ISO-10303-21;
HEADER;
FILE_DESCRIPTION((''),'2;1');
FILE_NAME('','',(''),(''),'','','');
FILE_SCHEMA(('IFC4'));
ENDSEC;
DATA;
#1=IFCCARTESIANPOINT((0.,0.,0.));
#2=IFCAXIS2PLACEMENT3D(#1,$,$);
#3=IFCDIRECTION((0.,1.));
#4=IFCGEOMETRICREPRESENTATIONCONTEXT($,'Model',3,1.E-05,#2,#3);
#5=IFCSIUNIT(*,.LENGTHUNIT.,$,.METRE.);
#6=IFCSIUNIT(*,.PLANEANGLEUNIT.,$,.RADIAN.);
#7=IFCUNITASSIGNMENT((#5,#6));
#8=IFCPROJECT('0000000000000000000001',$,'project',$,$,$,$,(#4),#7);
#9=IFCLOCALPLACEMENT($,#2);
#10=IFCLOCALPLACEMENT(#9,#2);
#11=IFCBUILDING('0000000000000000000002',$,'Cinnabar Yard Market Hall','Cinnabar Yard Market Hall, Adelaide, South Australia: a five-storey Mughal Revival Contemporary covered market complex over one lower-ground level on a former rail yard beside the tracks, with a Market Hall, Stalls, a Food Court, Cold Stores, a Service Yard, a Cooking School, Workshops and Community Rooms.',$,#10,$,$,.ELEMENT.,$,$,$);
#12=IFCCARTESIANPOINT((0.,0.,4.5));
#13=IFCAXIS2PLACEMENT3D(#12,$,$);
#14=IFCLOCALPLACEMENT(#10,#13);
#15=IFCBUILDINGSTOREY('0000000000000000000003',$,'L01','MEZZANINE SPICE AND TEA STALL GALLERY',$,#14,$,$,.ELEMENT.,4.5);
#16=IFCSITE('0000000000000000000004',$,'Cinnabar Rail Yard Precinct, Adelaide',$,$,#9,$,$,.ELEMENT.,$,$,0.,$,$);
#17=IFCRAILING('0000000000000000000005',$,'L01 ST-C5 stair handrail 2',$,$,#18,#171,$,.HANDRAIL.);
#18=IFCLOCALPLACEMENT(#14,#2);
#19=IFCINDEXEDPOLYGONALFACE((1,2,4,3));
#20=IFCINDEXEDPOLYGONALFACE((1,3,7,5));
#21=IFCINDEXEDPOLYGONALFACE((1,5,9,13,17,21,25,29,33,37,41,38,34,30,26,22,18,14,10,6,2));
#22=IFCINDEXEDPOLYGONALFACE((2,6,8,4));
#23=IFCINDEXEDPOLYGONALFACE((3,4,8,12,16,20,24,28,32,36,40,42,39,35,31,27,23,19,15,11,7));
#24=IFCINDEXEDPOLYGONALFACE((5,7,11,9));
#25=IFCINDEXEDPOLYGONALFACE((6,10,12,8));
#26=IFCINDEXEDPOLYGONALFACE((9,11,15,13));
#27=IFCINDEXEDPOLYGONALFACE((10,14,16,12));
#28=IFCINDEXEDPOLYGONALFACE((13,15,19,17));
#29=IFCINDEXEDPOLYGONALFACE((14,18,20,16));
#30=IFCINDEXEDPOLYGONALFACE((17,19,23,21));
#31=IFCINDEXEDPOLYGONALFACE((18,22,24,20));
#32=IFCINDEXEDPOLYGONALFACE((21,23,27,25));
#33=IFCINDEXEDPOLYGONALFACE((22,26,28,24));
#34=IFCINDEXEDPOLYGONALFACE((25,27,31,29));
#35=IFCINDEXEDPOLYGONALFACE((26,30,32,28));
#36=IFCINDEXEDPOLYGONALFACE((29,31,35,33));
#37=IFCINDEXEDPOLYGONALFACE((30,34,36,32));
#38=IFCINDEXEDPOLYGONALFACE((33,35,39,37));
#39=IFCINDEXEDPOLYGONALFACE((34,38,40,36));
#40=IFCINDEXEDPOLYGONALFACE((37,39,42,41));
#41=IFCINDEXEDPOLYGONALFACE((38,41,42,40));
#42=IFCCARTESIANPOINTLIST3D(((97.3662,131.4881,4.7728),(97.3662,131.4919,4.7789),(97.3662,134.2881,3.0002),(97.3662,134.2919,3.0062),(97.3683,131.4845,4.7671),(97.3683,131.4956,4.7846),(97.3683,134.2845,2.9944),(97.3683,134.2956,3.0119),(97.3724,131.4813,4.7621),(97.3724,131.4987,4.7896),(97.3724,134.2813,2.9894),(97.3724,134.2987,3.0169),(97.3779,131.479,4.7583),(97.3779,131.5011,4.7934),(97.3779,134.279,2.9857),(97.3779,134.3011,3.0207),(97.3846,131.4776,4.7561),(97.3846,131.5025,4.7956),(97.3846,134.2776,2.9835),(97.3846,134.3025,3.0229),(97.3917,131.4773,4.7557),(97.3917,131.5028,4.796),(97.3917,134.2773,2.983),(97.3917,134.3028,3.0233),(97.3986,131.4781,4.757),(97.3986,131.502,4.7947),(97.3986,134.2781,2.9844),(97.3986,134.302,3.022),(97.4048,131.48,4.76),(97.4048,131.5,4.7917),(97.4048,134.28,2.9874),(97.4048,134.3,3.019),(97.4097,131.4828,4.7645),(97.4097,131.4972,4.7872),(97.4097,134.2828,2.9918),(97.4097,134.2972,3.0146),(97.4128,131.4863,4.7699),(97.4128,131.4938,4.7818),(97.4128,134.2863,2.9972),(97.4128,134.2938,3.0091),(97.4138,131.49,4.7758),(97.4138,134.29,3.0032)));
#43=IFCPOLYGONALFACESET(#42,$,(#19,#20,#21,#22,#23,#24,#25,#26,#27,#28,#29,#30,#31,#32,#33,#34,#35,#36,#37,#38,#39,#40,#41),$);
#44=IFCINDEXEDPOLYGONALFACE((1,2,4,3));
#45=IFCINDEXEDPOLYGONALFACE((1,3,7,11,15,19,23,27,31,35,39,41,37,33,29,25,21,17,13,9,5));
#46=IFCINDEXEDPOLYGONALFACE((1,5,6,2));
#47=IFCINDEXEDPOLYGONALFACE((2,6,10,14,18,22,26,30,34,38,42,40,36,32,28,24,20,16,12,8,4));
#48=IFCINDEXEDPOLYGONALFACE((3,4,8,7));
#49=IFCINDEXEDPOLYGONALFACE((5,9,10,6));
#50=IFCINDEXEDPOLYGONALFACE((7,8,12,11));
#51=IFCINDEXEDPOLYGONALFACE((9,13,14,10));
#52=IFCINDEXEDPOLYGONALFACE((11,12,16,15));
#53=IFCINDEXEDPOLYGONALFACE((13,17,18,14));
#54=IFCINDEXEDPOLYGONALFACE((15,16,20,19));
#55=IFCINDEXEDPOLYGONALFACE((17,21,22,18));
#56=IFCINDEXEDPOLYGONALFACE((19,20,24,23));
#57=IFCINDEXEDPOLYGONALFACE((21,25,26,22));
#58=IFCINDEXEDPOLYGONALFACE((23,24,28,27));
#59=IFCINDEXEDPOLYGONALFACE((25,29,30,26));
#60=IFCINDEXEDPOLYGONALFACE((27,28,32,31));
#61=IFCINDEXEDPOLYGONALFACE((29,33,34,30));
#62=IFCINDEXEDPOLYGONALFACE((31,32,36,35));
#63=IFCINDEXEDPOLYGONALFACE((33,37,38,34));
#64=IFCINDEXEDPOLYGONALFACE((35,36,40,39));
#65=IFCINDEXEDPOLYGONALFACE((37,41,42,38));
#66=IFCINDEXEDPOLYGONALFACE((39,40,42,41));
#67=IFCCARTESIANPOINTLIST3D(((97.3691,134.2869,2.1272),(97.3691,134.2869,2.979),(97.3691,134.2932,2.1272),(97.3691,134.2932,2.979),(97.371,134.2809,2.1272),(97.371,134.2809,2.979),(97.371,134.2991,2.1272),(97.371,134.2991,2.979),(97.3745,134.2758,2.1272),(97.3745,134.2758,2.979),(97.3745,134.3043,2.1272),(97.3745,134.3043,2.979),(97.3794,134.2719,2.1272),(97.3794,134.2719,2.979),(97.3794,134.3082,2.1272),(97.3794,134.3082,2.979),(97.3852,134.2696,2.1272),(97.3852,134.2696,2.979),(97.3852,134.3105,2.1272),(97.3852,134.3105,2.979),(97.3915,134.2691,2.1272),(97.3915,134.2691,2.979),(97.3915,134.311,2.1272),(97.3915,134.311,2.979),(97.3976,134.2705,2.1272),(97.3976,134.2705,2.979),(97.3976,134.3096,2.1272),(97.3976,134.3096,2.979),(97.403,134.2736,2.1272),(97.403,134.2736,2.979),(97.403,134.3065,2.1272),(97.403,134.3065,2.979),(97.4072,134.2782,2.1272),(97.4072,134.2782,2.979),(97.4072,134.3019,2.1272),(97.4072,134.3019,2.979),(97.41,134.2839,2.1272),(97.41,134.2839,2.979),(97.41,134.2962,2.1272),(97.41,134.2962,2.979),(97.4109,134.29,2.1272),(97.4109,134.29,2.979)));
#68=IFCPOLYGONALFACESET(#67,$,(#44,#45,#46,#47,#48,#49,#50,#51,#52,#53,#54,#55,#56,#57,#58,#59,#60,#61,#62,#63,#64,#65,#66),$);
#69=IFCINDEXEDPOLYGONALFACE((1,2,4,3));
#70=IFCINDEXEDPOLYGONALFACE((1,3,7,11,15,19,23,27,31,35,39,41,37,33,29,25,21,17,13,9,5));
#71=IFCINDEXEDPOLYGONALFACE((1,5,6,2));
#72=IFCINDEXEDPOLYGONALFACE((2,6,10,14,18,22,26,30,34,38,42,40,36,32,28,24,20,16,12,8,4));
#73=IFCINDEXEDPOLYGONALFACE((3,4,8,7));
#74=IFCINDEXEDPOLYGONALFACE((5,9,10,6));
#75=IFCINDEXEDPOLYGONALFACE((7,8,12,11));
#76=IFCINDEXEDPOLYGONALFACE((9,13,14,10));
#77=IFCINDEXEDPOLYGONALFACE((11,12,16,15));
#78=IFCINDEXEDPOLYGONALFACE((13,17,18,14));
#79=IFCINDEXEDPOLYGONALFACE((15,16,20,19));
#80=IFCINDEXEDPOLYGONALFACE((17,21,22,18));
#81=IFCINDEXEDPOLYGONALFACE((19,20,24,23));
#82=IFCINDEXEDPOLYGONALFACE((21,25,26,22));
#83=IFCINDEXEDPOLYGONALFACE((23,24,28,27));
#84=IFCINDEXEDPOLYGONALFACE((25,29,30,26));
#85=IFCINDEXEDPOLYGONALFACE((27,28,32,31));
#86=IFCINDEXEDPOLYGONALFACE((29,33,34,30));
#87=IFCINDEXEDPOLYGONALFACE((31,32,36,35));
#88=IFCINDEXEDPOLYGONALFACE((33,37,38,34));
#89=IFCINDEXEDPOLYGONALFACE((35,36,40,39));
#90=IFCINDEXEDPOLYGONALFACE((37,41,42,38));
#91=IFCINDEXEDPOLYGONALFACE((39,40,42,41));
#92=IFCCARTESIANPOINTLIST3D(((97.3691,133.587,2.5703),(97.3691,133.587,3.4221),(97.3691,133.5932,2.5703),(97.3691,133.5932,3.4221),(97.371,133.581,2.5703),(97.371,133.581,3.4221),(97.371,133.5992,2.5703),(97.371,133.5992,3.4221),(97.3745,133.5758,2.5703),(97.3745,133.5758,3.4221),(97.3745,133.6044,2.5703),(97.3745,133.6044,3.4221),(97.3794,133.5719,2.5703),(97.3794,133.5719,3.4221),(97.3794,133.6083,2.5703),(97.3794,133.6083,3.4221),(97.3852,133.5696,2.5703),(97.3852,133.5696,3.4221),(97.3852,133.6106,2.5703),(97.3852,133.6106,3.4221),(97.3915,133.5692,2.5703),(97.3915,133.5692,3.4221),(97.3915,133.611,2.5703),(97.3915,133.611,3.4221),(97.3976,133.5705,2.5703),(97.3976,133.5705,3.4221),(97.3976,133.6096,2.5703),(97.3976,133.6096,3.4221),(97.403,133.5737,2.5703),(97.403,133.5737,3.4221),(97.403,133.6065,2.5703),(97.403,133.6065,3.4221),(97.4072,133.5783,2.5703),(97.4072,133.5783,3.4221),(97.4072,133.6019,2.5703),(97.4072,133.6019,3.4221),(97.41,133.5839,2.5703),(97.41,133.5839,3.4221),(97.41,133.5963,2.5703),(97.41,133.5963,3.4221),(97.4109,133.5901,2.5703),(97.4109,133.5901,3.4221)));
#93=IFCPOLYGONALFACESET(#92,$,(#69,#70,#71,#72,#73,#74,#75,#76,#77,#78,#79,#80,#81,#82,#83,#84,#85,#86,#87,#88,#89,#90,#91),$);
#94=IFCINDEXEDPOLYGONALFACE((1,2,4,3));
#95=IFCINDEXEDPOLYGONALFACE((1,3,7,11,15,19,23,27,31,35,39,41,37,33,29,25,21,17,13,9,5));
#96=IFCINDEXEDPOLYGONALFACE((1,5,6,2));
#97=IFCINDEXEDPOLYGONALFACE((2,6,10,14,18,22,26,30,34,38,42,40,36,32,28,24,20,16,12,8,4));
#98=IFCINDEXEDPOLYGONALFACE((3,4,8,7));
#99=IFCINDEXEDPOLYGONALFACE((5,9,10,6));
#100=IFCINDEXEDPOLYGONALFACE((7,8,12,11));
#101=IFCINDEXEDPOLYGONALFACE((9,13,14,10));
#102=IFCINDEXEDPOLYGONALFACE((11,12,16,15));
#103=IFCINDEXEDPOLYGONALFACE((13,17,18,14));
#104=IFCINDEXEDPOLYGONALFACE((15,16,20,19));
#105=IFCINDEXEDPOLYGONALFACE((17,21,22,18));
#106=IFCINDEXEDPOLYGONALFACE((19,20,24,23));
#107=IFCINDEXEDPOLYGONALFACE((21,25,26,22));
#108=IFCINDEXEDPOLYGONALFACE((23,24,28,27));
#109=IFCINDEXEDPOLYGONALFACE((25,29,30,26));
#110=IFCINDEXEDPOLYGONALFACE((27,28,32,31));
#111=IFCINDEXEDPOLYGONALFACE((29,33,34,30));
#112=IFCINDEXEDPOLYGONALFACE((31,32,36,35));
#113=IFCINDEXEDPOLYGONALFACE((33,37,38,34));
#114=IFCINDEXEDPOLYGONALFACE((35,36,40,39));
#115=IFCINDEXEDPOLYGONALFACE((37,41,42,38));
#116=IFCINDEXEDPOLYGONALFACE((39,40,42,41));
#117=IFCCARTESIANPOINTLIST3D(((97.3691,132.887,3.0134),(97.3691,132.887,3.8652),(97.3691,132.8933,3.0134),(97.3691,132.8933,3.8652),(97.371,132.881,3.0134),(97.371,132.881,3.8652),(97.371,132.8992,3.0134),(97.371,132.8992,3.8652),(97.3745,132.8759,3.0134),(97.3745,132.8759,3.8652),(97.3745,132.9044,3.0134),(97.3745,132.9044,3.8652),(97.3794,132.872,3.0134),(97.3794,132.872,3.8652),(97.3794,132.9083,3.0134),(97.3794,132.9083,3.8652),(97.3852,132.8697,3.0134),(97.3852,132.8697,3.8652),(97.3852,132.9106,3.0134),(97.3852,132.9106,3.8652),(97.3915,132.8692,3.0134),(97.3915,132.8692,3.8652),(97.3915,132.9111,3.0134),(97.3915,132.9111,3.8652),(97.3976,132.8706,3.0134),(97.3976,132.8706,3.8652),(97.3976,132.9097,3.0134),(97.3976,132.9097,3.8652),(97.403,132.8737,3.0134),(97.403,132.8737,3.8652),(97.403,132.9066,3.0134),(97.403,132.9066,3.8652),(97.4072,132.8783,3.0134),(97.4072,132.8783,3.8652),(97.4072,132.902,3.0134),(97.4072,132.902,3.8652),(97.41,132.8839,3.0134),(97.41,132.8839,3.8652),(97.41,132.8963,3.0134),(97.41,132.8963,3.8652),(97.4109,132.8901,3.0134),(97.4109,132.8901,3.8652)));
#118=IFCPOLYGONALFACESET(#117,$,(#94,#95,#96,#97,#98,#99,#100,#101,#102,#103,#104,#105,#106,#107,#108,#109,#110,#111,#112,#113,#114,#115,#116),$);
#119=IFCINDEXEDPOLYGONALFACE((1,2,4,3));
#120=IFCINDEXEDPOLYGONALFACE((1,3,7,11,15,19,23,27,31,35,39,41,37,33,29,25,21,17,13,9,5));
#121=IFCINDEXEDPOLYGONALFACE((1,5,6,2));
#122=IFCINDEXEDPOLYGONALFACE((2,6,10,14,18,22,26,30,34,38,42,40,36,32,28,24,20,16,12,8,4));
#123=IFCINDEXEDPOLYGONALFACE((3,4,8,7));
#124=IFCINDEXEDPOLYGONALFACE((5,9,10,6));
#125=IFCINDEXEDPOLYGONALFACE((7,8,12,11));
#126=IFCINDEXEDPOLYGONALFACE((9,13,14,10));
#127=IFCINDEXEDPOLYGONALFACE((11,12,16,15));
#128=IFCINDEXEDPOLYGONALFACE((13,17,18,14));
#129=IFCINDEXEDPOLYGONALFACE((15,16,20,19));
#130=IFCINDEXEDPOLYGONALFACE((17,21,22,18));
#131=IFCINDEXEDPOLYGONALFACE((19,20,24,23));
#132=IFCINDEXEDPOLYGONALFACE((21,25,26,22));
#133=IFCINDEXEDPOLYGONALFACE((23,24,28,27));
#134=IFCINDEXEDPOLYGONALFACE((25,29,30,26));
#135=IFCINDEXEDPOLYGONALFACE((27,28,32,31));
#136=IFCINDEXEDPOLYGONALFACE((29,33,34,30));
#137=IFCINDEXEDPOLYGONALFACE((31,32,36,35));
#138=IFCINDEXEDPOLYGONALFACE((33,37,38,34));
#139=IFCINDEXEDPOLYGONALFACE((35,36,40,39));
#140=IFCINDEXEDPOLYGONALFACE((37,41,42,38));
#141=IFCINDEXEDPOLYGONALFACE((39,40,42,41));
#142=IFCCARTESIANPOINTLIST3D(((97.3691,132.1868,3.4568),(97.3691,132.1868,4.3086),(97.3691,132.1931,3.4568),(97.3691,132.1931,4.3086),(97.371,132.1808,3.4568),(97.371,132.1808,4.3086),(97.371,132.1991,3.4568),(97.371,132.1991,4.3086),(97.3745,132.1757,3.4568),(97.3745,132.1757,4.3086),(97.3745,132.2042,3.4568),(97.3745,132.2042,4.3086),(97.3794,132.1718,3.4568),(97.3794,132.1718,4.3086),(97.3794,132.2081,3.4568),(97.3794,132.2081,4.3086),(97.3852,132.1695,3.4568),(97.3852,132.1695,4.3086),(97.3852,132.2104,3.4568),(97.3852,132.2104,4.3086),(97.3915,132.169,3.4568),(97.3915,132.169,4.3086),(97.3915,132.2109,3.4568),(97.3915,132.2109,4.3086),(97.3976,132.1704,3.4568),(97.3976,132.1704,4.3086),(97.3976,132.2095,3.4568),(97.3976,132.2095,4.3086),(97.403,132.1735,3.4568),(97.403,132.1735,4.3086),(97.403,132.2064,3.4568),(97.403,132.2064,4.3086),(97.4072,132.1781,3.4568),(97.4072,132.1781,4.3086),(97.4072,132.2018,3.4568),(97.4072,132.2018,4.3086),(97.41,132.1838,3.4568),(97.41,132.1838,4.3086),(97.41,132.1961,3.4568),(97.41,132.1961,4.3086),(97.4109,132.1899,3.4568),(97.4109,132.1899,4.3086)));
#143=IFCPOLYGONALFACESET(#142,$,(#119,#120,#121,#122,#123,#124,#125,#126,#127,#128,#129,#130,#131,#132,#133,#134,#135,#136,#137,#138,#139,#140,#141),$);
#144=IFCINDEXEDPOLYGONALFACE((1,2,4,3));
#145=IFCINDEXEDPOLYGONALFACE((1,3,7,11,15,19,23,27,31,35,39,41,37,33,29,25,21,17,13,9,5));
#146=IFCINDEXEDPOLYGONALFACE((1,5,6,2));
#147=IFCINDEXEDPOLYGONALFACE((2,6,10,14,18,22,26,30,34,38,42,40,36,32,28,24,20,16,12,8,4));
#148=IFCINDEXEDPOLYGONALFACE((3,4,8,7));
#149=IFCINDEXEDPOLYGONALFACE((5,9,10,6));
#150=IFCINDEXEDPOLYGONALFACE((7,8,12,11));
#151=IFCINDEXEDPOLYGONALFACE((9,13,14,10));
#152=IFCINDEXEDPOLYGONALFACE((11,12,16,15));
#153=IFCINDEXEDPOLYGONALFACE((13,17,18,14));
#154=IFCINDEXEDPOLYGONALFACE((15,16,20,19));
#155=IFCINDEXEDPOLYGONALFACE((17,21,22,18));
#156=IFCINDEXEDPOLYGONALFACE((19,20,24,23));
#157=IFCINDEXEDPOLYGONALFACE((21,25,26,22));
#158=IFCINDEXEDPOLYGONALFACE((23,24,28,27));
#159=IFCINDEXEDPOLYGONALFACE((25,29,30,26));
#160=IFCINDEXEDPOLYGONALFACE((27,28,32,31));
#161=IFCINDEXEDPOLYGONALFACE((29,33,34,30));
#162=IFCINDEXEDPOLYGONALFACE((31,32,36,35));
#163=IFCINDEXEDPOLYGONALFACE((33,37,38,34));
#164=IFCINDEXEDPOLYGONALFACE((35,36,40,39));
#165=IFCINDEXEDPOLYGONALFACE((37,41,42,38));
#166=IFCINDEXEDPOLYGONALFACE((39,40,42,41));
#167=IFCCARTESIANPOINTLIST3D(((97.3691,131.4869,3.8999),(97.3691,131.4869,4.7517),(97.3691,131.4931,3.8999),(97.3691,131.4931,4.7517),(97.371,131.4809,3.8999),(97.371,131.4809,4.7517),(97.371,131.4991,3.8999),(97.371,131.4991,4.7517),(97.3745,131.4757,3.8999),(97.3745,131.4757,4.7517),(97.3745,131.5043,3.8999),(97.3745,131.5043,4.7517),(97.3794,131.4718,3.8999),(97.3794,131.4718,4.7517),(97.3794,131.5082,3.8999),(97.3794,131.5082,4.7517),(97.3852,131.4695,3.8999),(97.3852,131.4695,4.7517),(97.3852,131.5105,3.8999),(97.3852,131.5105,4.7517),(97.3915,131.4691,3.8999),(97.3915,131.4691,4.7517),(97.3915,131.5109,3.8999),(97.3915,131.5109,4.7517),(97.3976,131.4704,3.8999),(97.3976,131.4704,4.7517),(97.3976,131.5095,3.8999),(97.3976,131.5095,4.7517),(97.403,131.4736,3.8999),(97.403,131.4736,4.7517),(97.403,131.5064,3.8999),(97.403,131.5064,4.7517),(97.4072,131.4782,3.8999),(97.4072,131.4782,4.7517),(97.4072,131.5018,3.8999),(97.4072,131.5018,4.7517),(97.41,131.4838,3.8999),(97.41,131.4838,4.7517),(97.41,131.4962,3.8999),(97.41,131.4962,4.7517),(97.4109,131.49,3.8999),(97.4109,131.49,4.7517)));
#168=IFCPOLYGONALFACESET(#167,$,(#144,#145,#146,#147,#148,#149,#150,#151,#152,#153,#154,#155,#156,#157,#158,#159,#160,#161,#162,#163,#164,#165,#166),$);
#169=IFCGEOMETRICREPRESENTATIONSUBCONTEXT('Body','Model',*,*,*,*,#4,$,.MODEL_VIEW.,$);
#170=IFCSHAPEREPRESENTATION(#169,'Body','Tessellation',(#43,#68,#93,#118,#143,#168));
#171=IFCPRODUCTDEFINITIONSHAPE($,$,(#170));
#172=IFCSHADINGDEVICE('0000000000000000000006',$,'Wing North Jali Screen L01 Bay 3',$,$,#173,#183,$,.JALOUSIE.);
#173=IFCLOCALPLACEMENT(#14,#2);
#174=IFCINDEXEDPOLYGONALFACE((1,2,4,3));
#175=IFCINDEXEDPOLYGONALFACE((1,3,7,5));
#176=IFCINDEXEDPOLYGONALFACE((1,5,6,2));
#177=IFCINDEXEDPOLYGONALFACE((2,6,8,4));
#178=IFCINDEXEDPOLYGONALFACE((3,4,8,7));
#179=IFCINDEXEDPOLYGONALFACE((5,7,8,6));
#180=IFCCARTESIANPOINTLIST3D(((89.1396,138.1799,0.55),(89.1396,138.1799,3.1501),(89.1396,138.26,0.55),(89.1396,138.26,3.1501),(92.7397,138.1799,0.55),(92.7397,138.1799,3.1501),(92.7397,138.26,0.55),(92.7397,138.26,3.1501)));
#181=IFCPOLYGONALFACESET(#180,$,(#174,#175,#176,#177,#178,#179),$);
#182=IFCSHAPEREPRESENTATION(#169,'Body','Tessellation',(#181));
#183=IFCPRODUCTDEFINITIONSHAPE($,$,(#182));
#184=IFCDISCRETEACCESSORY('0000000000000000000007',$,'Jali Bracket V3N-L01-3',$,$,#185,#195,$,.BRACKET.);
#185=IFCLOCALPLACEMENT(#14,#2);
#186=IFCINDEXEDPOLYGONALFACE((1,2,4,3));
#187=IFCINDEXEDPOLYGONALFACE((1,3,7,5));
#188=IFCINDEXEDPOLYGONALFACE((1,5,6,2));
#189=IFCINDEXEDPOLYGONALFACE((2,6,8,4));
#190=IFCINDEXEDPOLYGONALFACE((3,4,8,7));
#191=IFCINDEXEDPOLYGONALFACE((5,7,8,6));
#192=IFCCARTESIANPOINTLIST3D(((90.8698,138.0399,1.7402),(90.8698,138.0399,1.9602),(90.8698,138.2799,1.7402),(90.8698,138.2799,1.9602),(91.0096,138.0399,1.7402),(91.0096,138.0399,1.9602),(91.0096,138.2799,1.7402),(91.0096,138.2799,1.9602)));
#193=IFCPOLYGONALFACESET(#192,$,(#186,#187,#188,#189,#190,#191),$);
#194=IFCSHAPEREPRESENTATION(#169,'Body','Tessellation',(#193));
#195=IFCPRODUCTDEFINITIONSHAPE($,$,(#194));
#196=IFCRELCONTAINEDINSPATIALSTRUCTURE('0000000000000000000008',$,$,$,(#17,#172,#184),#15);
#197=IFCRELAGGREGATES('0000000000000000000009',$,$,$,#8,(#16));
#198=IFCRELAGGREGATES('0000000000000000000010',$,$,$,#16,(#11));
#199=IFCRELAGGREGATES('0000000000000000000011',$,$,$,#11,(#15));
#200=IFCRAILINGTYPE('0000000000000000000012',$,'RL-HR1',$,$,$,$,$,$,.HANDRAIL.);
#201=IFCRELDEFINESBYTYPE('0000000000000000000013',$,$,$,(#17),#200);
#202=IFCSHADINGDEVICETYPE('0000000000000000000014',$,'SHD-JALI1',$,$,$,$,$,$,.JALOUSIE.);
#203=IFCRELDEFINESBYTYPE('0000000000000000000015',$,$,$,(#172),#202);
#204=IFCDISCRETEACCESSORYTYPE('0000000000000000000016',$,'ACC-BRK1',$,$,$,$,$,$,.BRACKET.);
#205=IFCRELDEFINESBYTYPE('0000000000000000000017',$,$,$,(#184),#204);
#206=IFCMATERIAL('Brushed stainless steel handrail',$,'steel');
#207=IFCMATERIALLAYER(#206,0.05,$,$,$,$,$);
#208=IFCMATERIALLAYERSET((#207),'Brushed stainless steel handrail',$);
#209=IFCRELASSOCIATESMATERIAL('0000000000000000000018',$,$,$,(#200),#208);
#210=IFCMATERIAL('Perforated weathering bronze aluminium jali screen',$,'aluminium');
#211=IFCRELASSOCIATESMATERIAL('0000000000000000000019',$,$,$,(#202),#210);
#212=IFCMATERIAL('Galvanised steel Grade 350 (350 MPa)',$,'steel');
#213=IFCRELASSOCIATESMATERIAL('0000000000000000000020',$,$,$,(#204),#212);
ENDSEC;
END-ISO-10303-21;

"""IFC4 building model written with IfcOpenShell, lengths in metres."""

from ifc_helpers import new_model, si_unit, direction, frame, origin, origin_2d_with_axis, place, context, subcontext, project, spatial, rectangle, circle, extrude, material, layer, layer_set, type_object, element, save


model = new_model("IFC4")

# Units and contexts
model_context = context("Model", 3, precision=1e-05, world=origin(), true_north=direction((0.0, 1.0)))
body_context = subcontext(model_context, "Body", "Model", "MODEL_VIEW")
ifc_project = project(units=[si_unit("LENGTHUNIT", "METRE"), si_unit("PLANEANGLEUNIT", "RADIAN")], contexts=[model_context])

# Site, building, storey
site_placement = place(None, origin())
site = spatial("IfcSite", under=ifc_project, at=site_placement, Name="Cinnabar Rail Yard Precinct, Adelaide", CompositionType="ELEMENT", RefElevation=0.0)
building_placement = place(site_placement, origin())
building = spatial("IfcBuilding", under=site, at=building_placement, Name="Cinnabar Yard Market Hall", Description="Cinnabar Yard Market Hall, Adelaide, South Australia: a five-storey Mughal Revival Contemporary covered market complex over one lower-ground level on a former rail yard beside the tracks, with a Market Hall, Stalls, a Food Court, Cold Stores, a Service Yard, a Cooking School, Workshops and Community Rooms.", CompositionType="ELEMENT")
storey_placement = place(building_placement, frame((0.0, 0.0, 4.5)))
storey = spatial("IfcBuildingStorey", under=building, at=storey_placement, Name="L01", Description="MEZZANINE SPICE AND TEA STALL GALLERY", CompositionType="ELEMENT", Elevation=4.5)

# Railing
ifc_material_1 = material(Name="Brushed stainless steel handrail", Category="steel")
ifc_layer_1 = layer(ifc_material_1, 0.05)
ifc_layer_set_1 = layer_set([ifc_layer_1], Name="Brushed stainless steel handrail")
railing_type_1 = type_object("IfcRailingType", Name="RL-HR1", PredefinedType="HANDRAIL", material=ifc_layer_set_1)
railing_1_placement = place(storey_placement, frame((97.3899, 134.29, 2.1272)))
element("IfcRailing", 1, at=railing_1_placement, inside=storey, type_object=railing_type_1, Name="L01 ST-C5 stair handrail 2", PredefinedType="HANDRAIL", context=body_context, shape_type="SweptSolid", body=[
    extrude(circle(Radius=0.0239, at=origin_2d_with_axis()), frame((0.0, 0.0, 0.876), z_axis=(0.0, -0.844909, 0.53491), x_axis=(1.0, 0.0, 0.0)), (0.0, 0.0, 1.0), 3.314),
    extrude(circle(Radius=0.021, at=origin_2d_with_axis()), origin(), (0.0, 0.0, 1.0), 0.8518),
    extrude(circle(Radius=0.021, at=origin_2d_with_axis()), frame((0.0, -0.7, 0.4431)), (0.0, 0.0, 1.0), 0.8518),
    extrude(circle(Radius=0.021, at=origin_2d_with_axis()), frame((0.0, -1.3999, 0.8862)), (0.0, 0.0, 1.0), 0.8518),
    extrude(circle(Radius=0.021, at=origin_2d_with_axis()), frame((0.0, -2.1001, 1.3296)), (0.0, 0.0, 1.0), 0.8518),
    extrude(circle(Radius=0.021, at=origin_2d_with_axis()), frame((0.0, -2.8, 1.7727)), (0.0, 0.0, 1.0), 0.8518),
])

# Shading device
ifc_material_2 = material(Name="Perforated weathering bronze aluminium jali screen", Category="aluminium")
shading_device_type = type_object("IfcShadingDeviceType", Name="SHD-JALI1", PredefinedType="JALOUSIE", material=ifc_material_2)
shading_device_placement = place(storey_placement, frame((90.9397, 138.22, 0.55), z_axis=(0.0, 0.0, 1.0), x_axis=(1.0, 0.0, 0.0)))
element("IfcShadingDevice", 2, at=shading_device_placement, inside=storey, type_object=shading_device_type, Name="Wing North Jali Screen L01 Bay 3", PredefinedType="JALOUSIE", context=body_context, shape_type="SweptSolid", body=[
    extrude(rectangle(XDim=3.6001, YDim=0.0801, at=origin_2d_with_axis()), origin(), (0.0, 0.0, 1.0), 2.6001),
])

# Discrete accessory
ifc_material_3 = material(Name="Galvanised steel Grade 350 (350 MPa)", Category="steel")
discrete_accessory_type = type_object("IfcDiscreteAccessoryType", Name="ACC-BRK1", PredefinedType="BRACKET", material=ifc_material_3)
discrete_accessory_placement = place(storey_placement, frame((90.9397, 138.1599, 1.7402), z_axis=(0.0, 0.0, 1.0), x_axis=(1.0, 0.0, 0.0)))
element("IfcDiscreteAccessory", 3, at=discrete_accessory_placement, inside=storey, type_object=discrete_accessory_type, Name="Jali Bracket V3N-L01-3", PredefinedType="BRACKET", context=body_context, shape_type="SweptSolid", body=[
    extrude(rectangle(XDim=0.1399, YDim=0.24, at=origin_2d_with_axis()), origin(), (0.0, 0.0, 1.0), 0.22),
])

save(model, "model.ifc")
